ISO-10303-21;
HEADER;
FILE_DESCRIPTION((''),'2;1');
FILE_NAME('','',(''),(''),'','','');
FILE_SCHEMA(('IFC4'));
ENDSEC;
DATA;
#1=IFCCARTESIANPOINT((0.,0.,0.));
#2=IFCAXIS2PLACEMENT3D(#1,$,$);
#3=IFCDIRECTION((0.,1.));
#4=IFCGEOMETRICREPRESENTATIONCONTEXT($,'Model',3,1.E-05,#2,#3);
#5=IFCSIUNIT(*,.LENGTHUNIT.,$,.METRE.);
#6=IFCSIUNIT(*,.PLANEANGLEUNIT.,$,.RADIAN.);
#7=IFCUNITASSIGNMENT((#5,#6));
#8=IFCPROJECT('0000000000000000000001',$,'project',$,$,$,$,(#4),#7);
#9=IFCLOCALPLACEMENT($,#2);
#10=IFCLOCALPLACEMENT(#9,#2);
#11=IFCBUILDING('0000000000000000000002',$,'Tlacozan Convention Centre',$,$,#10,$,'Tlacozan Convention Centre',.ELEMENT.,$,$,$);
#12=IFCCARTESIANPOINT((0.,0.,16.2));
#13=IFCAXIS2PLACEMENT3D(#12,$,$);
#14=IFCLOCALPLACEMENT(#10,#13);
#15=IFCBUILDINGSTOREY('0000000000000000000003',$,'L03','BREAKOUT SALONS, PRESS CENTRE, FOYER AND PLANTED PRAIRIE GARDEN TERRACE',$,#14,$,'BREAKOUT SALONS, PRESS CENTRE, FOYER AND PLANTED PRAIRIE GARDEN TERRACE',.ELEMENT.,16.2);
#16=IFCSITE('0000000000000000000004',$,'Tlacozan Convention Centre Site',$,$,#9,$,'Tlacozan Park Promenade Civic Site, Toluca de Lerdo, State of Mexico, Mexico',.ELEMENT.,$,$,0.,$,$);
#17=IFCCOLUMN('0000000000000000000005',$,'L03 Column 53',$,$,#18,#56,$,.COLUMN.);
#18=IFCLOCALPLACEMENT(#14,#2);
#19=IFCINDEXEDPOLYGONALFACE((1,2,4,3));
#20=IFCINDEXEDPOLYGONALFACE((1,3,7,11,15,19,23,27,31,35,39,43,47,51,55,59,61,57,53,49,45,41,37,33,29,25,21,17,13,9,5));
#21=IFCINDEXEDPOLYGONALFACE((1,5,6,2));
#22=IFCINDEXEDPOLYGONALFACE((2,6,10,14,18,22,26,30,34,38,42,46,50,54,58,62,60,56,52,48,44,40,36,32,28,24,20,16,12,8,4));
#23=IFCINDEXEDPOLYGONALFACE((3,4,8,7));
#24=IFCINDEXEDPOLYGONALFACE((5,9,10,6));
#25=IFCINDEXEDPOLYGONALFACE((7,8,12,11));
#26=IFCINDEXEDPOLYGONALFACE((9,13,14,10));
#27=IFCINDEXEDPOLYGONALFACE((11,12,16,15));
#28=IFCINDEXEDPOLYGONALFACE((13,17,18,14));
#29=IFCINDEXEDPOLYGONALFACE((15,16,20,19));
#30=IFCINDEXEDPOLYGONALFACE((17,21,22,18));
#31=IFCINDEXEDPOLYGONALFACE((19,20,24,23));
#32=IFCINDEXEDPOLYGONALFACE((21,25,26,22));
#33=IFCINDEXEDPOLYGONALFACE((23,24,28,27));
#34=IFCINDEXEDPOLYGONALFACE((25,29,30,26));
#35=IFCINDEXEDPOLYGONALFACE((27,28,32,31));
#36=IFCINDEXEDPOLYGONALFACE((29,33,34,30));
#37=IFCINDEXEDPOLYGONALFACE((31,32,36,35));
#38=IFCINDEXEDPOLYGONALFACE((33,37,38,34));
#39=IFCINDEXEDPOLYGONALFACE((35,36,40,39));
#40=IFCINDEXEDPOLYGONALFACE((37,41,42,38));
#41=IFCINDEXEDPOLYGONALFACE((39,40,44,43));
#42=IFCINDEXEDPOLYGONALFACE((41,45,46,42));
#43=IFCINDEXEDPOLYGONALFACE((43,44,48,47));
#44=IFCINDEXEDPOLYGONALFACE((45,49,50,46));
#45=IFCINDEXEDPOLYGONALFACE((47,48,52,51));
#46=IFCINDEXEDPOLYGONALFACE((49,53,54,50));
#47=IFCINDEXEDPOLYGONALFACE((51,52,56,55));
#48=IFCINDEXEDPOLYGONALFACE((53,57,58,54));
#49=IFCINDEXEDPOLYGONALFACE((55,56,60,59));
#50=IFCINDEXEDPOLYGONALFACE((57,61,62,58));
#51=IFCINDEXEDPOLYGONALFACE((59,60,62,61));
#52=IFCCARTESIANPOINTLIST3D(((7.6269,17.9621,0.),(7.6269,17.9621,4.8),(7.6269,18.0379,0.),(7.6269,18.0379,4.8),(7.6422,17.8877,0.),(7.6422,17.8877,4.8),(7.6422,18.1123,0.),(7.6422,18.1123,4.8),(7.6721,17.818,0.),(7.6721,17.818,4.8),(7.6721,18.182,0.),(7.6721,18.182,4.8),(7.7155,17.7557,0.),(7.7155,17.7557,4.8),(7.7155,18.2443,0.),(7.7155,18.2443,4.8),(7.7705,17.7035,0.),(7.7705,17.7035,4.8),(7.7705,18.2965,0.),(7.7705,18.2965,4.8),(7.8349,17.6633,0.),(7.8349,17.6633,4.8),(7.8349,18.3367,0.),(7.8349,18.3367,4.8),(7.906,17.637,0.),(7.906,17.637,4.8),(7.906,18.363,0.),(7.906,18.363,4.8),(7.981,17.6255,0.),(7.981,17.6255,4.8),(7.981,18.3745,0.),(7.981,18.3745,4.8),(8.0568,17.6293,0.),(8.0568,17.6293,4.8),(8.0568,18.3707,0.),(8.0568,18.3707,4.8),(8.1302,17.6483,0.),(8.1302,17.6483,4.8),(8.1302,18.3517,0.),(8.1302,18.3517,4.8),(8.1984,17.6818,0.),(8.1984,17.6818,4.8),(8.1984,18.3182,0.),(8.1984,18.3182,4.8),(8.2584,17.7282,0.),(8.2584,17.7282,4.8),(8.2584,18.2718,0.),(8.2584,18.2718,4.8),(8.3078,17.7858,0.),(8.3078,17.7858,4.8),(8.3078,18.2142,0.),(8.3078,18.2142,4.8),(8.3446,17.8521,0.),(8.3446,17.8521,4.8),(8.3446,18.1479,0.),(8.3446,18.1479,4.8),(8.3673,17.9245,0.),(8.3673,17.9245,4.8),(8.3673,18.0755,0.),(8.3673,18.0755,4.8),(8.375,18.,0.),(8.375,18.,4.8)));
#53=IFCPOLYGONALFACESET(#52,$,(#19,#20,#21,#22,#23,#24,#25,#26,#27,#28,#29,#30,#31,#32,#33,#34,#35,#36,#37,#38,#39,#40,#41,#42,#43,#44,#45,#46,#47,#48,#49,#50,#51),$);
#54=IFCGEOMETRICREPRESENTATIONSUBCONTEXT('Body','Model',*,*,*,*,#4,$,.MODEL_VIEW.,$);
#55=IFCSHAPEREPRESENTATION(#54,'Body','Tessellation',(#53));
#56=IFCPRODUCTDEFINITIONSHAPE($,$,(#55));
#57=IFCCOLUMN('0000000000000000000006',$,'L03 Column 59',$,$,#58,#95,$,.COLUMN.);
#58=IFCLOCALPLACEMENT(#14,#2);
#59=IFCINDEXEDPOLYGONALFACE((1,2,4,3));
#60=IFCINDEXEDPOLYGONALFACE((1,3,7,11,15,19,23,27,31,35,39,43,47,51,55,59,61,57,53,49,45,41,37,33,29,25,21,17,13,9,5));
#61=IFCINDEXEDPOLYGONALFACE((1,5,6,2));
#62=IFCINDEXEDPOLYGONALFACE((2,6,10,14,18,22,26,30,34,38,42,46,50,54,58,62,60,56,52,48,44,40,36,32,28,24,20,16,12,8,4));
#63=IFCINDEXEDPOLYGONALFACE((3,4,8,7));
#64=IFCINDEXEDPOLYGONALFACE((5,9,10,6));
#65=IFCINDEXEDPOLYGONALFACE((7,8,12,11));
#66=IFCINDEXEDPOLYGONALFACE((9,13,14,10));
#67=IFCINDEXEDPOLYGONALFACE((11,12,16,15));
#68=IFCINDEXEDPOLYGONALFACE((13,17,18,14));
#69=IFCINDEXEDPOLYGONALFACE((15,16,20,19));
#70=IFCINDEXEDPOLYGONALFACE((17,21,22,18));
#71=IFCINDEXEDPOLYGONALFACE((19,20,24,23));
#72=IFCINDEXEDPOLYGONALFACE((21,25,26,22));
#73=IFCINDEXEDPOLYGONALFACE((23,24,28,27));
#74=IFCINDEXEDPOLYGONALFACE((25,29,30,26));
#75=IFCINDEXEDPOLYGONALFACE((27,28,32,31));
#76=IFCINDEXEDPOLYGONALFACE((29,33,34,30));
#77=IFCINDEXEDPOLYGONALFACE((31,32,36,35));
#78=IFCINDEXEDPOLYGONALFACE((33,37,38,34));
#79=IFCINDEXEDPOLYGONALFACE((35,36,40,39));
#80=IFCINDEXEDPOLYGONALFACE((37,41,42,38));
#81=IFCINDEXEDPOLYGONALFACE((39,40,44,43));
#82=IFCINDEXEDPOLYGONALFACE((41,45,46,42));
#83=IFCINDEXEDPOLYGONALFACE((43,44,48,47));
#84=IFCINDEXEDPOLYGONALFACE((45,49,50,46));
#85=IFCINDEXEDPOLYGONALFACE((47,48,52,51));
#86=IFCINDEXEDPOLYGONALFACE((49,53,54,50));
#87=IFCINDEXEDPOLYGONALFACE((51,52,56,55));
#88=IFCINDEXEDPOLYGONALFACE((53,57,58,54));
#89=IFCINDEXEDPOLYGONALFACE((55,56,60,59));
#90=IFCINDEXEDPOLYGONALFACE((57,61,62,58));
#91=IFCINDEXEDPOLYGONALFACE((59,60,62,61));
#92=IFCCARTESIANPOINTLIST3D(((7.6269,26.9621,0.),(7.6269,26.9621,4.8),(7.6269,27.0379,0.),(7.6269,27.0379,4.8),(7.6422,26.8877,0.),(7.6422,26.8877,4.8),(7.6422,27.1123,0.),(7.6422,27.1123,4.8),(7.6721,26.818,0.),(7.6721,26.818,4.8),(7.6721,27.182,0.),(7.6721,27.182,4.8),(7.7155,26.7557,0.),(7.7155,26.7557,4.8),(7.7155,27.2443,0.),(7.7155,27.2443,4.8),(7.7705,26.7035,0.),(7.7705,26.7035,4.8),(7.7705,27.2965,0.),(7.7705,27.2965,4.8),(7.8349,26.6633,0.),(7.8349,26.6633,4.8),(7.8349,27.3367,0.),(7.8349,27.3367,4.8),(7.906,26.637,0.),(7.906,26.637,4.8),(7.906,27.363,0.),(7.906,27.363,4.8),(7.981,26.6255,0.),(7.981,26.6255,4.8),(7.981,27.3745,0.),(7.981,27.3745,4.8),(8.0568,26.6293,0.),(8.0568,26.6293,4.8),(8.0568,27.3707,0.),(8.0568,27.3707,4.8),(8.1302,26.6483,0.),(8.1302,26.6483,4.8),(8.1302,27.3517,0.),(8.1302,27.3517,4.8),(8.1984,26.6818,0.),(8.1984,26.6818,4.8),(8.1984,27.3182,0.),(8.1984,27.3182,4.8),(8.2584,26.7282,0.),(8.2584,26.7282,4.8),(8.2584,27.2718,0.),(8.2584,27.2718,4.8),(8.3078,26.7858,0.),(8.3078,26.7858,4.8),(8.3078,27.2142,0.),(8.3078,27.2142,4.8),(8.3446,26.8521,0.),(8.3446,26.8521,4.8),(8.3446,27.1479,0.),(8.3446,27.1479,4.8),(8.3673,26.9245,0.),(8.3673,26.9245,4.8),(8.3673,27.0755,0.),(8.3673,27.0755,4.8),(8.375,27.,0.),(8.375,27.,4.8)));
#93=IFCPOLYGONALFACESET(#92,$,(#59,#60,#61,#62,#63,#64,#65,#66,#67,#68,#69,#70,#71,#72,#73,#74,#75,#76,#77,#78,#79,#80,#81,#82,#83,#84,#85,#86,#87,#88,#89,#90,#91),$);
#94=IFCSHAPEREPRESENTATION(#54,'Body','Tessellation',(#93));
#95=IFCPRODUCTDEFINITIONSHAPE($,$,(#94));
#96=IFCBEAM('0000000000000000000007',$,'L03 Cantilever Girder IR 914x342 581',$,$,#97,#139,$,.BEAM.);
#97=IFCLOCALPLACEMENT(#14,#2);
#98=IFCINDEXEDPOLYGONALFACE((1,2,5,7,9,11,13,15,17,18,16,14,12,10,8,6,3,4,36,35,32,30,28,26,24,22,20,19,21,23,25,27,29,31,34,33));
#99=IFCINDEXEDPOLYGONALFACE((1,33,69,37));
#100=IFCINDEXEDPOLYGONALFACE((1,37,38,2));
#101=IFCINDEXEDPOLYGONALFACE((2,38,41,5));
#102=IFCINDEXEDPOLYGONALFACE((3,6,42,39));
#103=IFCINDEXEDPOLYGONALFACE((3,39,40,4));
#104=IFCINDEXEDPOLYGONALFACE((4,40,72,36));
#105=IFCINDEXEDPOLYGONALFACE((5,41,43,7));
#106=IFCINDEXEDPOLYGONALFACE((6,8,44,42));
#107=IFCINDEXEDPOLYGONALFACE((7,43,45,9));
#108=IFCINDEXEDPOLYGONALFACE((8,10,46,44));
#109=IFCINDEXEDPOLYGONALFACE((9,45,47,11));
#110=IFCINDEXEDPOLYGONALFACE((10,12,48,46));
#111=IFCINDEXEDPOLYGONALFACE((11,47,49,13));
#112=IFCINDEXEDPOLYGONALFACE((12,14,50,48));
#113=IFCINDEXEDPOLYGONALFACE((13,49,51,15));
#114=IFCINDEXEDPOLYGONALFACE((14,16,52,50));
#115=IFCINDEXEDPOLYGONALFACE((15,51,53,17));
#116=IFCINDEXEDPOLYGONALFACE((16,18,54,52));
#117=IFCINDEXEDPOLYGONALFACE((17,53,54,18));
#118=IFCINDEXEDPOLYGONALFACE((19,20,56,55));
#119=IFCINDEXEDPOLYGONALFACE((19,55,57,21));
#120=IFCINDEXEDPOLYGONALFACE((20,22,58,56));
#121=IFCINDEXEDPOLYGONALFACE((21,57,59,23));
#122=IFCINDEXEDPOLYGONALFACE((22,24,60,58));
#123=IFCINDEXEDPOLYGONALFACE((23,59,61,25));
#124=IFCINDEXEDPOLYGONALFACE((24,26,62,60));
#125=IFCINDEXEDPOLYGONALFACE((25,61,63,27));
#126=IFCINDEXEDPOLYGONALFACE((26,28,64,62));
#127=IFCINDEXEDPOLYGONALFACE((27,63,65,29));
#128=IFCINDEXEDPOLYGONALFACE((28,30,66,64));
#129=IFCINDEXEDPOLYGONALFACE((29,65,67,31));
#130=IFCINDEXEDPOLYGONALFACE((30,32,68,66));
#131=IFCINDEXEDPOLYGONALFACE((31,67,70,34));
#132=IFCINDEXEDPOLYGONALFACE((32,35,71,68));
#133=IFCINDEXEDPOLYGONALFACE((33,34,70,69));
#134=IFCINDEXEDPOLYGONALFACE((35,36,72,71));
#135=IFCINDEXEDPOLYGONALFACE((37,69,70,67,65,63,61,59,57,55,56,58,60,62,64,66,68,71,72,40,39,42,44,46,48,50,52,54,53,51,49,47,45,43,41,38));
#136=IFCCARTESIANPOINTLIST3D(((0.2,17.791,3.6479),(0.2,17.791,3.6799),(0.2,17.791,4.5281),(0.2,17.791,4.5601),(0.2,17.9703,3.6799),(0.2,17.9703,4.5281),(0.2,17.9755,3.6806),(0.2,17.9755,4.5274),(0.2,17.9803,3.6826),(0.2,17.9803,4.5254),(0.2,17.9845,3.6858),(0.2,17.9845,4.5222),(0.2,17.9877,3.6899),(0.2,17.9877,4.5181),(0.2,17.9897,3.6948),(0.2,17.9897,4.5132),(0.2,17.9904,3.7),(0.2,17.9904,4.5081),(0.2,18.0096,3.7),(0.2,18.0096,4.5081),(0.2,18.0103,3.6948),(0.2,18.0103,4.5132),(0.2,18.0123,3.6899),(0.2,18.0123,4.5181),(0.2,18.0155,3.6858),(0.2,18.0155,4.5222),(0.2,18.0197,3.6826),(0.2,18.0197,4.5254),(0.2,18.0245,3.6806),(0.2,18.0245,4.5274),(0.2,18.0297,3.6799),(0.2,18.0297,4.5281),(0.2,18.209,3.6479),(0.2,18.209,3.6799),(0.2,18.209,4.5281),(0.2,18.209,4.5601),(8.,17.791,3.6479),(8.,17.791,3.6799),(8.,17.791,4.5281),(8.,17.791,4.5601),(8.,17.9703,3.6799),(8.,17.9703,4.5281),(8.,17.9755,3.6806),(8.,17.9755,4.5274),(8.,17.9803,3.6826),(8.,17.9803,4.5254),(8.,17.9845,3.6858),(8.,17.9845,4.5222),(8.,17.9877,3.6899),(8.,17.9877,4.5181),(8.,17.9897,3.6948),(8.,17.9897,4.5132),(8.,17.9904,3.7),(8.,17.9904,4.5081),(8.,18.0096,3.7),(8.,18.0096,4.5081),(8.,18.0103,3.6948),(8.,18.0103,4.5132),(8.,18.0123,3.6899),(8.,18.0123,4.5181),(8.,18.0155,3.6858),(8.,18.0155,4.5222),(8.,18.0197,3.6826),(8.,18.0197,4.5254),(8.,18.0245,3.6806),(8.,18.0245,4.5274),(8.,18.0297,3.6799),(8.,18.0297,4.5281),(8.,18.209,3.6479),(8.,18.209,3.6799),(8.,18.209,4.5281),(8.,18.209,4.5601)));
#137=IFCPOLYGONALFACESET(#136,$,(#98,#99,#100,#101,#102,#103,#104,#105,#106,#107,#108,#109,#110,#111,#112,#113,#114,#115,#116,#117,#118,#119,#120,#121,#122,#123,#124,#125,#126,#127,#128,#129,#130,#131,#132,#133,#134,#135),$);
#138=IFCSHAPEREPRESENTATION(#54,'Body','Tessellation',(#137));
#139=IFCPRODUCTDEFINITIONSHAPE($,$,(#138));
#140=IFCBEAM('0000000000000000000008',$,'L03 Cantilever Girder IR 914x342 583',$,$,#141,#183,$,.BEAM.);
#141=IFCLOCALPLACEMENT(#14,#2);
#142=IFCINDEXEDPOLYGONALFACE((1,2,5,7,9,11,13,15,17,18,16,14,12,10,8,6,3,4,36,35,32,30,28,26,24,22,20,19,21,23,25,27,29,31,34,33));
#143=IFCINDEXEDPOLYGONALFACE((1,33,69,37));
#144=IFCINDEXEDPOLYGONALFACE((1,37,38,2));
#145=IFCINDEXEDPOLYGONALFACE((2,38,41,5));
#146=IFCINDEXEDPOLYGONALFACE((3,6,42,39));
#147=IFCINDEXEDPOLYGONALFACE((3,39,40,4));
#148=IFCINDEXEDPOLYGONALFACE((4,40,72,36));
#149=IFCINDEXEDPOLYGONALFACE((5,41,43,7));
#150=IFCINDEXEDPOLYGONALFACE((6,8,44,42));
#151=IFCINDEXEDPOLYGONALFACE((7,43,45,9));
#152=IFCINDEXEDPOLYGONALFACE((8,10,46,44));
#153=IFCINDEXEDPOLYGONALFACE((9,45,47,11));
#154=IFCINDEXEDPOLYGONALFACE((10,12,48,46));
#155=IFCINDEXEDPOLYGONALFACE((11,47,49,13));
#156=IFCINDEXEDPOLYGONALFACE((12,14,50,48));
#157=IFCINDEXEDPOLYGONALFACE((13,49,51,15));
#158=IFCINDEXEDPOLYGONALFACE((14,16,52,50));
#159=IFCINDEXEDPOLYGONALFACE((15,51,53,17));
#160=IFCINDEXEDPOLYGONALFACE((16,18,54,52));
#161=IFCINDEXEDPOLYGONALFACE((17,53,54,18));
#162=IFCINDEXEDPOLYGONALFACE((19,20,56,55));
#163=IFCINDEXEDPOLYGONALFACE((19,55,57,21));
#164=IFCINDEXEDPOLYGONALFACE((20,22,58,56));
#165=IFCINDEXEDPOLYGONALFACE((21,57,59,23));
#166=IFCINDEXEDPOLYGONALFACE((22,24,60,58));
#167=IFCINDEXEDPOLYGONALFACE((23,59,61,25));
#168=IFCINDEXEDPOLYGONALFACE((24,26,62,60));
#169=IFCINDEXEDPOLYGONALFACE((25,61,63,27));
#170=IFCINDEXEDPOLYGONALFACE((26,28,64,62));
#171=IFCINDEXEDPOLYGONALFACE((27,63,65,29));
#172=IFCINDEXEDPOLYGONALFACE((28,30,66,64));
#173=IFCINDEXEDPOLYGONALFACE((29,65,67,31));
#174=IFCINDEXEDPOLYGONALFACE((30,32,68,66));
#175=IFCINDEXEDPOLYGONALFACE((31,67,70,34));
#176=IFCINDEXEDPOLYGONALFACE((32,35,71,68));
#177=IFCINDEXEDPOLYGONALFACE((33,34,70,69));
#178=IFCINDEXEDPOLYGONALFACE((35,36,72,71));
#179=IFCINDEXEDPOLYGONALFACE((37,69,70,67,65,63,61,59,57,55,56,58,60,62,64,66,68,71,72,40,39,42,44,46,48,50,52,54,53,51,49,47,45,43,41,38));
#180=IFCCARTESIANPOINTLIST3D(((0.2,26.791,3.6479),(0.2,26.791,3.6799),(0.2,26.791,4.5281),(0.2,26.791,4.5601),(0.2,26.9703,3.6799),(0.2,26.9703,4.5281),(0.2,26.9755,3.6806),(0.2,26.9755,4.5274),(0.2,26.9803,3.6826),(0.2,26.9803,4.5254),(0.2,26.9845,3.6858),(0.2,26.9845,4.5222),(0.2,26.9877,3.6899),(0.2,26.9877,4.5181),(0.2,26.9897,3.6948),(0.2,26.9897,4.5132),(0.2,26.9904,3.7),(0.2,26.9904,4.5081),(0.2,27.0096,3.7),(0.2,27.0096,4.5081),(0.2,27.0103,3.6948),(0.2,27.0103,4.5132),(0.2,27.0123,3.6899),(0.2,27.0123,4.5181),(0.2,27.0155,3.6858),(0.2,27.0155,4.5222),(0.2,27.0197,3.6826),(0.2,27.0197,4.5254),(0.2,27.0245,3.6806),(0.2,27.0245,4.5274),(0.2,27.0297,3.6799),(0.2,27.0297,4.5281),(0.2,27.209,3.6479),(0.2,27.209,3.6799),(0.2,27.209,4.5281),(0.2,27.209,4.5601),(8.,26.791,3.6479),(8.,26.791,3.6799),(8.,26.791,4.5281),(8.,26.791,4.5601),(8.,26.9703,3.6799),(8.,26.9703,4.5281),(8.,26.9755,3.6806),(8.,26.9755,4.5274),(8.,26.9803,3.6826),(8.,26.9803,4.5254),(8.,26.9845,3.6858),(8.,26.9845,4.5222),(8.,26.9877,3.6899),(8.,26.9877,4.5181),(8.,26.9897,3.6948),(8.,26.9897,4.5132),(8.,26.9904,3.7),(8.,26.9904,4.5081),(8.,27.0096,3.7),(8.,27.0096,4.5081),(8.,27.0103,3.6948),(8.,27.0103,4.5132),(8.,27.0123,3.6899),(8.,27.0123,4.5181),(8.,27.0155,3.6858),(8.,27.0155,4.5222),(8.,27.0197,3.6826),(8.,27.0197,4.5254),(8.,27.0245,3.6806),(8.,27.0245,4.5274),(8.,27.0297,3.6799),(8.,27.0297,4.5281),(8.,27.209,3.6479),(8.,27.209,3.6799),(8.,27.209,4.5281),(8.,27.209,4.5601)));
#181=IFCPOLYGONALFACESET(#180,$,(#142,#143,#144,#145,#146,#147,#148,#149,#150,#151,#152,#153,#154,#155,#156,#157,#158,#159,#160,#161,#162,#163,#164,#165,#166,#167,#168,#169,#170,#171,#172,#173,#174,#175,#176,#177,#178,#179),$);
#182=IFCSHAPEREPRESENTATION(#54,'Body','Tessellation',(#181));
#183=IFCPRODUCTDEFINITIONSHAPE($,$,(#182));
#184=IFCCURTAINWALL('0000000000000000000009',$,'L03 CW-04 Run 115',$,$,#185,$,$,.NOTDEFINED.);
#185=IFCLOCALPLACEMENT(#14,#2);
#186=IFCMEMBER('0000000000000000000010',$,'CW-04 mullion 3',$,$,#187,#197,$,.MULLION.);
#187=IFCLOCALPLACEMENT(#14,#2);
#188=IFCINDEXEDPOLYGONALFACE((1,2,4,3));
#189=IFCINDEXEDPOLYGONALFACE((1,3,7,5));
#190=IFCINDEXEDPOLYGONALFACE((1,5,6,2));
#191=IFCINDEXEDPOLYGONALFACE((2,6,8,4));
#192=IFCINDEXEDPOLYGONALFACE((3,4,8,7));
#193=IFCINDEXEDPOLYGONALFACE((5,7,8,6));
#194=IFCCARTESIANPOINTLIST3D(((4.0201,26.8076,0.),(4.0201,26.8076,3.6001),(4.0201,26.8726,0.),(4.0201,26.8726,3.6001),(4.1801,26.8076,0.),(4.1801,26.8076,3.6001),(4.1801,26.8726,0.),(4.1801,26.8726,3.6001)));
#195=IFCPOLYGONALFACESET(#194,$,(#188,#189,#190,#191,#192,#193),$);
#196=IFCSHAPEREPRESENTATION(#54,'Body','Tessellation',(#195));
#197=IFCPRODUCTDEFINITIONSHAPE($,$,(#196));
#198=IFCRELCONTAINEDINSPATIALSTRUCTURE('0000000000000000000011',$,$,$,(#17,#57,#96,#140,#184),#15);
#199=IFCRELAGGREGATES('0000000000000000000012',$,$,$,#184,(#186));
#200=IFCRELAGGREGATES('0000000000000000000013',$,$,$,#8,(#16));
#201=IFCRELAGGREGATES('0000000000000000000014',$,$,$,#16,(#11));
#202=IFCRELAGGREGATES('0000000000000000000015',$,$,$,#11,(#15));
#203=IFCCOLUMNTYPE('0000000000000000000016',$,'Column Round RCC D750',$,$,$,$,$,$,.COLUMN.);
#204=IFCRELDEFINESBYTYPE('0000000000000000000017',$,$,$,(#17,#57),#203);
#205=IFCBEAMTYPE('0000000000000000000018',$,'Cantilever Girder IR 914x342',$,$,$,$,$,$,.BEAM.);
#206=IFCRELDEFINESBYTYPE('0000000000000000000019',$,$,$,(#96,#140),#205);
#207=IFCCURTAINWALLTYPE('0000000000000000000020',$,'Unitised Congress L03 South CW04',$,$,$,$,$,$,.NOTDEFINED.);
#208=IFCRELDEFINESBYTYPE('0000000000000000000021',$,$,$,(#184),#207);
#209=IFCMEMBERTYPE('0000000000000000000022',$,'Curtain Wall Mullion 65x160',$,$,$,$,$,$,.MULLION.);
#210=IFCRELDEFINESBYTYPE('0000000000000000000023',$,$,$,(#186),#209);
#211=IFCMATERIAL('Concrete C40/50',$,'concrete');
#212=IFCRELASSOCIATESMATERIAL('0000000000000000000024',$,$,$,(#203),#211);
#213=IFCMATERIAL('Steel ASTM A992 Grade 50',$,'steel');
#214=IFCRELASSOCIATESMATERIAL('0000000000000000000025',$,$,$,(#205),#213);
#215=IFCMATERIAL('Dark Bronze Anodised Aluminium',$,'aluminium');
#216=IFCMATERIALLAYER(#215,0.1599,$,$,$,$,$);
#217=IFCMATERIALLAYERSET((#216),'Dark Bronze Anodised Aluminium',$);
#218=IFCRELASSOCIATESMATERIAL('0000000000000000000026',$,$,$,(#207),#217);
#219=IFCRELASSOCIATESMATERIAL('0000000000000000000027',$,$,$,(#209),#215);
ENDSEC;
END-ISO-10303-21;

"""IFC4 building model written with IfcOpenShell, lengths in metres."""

from ifc_helpers import new_model, si_unit, direction, frame, origin, origin_2d, place, context, subcontext, project, spatial, rectangle, circle, i_section, extrude, material, layer, layer_set, material_profile, profile_set, type_object, element, aggregate, save


model = new_model("IFC4")

# Units and contexts
model_context = context("Model", 3, precision=1e-05, world=origin(), true_north=direction((0.0, 1.0)))
body_context = subcontext(model_context, "Body", "Model", "MODEL_VIEW")
ifc_project = project(units=[si_unit("LENGTHUNIT", "METRE"), si_unit("PLANEANGLEUNIT", "RADIAN")], contexts=[model_context])

# Site, building, storey
site_placement = place(None, origin())
site = spatial("IfcSite", under=ifc_project, at=site_placement, Name="Tlacozan Convention Centre Site", LongName="Tlacozan Park Promenade Civic Site, Toluca de Lerdo, State of Mexico, Mexico", CompositionType="ELEMENT", RefElevation=0.0)
building_placement = place(site_placement, origin())
building = spatial("IfcBuilding", under=site, at=building_placement, Name="Tlacozan Convention Centre", LongName="Tlacozan Convention Centre", CompositionType="ELEMENT")
storey_placement = place(building_placement, frame((0.0, 0.0, 16.2)))
storey = spatial("IfcBuildingStorey", under=building, at=storey_placement, Name="L03", Description="BREAKOUT SALONS, PRESS CENTRE, FOYER AND PLANTED PRAIRIE GARDEN TERRACE", LongName="BREAKOUT SALONS, PRESS CENTRE, FOYER AND PLANTED PRAIRIE GARDEN TERRACE", CompositionType="ELEMENT", Elevation=16.2)

# Columns
ifc_material_1 = material(Name="Concrete C40/50", Category="concrete")
ifc_material_profile_1 = material_profile(ifc_material_1, circle(Radius=0.375, at=origin_2d()), Name="RCC D750")
ifc_profile_set_1 = profile_set([ifc_material_profile_1], Name="Concrete C40/50")
column_type = type_object("IfcColumnType", Name="Column Round RCC D750", PredefinedType="COLUMN", material=ifc_profile_set_1)
for number, where, z_axis, x_axis, name in (
    (1, (8.0, 18.0, 0.0), (0.0, 0.0, 1.0), (1.0, 0.0, 0.0), "L03 Column 53"),
    (2, (8.0, 27.0, 0.0), (0.0, 0.0, 1.0), (1.0, 0.0, 0.0), "L03 Column 59"),
):
    element("IfcColumn", number, at=place(storey_placement, frame(where, z_axis=z_axis, x_axis=x_axis)), inside=storey, type_object=column_type, Name=name, PredefinedType="COLUMN", context=body_context, shape_type="SweptSolid", body=[
        extrude(circle(Radius=0.375, at=origin_2d()), origin(), (0.0, 0.0, 1.0), 4.8),
    ])

# Beams
ifc_material_2 = material(Name="Steel ASTM A992 Grade 50", Category="steel")
ifc_material_profile_2 = material_profile(ifc_material_2, i_section(OverallWidth=0.418, OverallDepth=0.9121, WebThickness=0.0193, FlangeThickness=0.032, FilletRadius=0.02, at=origin_2d()), Name="IR 914x342.0")
ifc_profile_set_2 = profile_set([ifc_material_profile_2], Name="Steel ASTM A992 Grade 50")
beam_type_1 = type_object("IfcBeamType", Name="Cantilever Girder IR 914x342", PredefinedType="BEAM", material=ifc_profile_set_2)
for number, where, z_axis, x_axis, name in (
    (3, (8.0, 18.0, 4.104), (-1.0, 0.0, 0.0), (0.0, -1.0, 0.0), "L03 Cantilever Girder IR 914x342 581"),
    (4, (8.0, 27.0, 4.104), (-1.0, 0.0, 0.0), (0.0, -1.0, 0.0), "L03 Cantilever Girder IR 914x342 583"),
):
    element("IfcBeam", number, at=place(storey_placement, frame(where, z_axis=z_axis, x_axis=x_axis)), inside=storey, type_object=beam_type_1, Name=name, PredefinedType="BEAM", context=body_context, shape_type="SweptSolid", body=[
        extrude(i_section(OverallWidth=0.418, OverallDepth=0.9121, WebThickness=0.0193, FlangeThickness=0.032, FilletRadius=0.02, at=origin_2d()), origin(), (0.0, 0.0, 1.0), 7.8),
    ])

# Curtain wall, member
ifc_material_3 = material(Name="Dark Bronze Anodised Aluminium", Category="aluminium")
ifc_layer_1 = layer(ifc_material_3, 0.1599)
ifc_layer_set_1 = layer_set([ifc_layer_1], Name="Dark Bronze Anodised Aluminium")
curtain_wall_type = type_object("IfcCurtainWallType", Name="Unitised Congress L03 South CW04", PredefinedType="NOTDEFINED", material=ifc_layer_set_1)
curtain_wall_1_placement = place(storey_placement, origin())
curtain_wall_1 = element("IfcCurtainWall", 5, at=curtain_wall_1_placement, inside=storey, type_object=curtain_wall_type, Name="L03 CW-04 Run 115", PredefinedType="NOTDEFINED")
ifc_material_profile_3 = material_profile(ifc_material_3, rectangle(XDim=0.0649, YDim=0.1599, at=origin_2d()), Name="ALU 65x160")
ifc_profile_set_3 = profile_set([ifc_material_profile_3], Name="Dark Bronze Anodised Aluminium")
member_type_1 = type_object("IfcMemberType", Name="Curtain Wall Mullion 65x160", PredefinedType="MULLION", material=ifc_profile_set_3)
member_1_placement = place(storey_placement, frame((4.1001, 26.8401, 0.0), z_axis=(0.0, 0.0, 1.0), x_axis=(0.0, 1.0, 0.0)))
member_1 = element("IfcMember", 6, at=member_1_placement, type_object=member_type_1, Name="CW-04 mullion 3", PredefinedType="MULLION", context=body_context, shape_type="SweptSolid", body=[
    extrude(rectangle(XDim=0.0649, YDim=0.1599, at=origin_2d()), origin(), (0.0, 0.0, 1.0), 3.6001),
])

aggregate(curtain_wall_1, [member_1])

save(model, "model.ifc")
